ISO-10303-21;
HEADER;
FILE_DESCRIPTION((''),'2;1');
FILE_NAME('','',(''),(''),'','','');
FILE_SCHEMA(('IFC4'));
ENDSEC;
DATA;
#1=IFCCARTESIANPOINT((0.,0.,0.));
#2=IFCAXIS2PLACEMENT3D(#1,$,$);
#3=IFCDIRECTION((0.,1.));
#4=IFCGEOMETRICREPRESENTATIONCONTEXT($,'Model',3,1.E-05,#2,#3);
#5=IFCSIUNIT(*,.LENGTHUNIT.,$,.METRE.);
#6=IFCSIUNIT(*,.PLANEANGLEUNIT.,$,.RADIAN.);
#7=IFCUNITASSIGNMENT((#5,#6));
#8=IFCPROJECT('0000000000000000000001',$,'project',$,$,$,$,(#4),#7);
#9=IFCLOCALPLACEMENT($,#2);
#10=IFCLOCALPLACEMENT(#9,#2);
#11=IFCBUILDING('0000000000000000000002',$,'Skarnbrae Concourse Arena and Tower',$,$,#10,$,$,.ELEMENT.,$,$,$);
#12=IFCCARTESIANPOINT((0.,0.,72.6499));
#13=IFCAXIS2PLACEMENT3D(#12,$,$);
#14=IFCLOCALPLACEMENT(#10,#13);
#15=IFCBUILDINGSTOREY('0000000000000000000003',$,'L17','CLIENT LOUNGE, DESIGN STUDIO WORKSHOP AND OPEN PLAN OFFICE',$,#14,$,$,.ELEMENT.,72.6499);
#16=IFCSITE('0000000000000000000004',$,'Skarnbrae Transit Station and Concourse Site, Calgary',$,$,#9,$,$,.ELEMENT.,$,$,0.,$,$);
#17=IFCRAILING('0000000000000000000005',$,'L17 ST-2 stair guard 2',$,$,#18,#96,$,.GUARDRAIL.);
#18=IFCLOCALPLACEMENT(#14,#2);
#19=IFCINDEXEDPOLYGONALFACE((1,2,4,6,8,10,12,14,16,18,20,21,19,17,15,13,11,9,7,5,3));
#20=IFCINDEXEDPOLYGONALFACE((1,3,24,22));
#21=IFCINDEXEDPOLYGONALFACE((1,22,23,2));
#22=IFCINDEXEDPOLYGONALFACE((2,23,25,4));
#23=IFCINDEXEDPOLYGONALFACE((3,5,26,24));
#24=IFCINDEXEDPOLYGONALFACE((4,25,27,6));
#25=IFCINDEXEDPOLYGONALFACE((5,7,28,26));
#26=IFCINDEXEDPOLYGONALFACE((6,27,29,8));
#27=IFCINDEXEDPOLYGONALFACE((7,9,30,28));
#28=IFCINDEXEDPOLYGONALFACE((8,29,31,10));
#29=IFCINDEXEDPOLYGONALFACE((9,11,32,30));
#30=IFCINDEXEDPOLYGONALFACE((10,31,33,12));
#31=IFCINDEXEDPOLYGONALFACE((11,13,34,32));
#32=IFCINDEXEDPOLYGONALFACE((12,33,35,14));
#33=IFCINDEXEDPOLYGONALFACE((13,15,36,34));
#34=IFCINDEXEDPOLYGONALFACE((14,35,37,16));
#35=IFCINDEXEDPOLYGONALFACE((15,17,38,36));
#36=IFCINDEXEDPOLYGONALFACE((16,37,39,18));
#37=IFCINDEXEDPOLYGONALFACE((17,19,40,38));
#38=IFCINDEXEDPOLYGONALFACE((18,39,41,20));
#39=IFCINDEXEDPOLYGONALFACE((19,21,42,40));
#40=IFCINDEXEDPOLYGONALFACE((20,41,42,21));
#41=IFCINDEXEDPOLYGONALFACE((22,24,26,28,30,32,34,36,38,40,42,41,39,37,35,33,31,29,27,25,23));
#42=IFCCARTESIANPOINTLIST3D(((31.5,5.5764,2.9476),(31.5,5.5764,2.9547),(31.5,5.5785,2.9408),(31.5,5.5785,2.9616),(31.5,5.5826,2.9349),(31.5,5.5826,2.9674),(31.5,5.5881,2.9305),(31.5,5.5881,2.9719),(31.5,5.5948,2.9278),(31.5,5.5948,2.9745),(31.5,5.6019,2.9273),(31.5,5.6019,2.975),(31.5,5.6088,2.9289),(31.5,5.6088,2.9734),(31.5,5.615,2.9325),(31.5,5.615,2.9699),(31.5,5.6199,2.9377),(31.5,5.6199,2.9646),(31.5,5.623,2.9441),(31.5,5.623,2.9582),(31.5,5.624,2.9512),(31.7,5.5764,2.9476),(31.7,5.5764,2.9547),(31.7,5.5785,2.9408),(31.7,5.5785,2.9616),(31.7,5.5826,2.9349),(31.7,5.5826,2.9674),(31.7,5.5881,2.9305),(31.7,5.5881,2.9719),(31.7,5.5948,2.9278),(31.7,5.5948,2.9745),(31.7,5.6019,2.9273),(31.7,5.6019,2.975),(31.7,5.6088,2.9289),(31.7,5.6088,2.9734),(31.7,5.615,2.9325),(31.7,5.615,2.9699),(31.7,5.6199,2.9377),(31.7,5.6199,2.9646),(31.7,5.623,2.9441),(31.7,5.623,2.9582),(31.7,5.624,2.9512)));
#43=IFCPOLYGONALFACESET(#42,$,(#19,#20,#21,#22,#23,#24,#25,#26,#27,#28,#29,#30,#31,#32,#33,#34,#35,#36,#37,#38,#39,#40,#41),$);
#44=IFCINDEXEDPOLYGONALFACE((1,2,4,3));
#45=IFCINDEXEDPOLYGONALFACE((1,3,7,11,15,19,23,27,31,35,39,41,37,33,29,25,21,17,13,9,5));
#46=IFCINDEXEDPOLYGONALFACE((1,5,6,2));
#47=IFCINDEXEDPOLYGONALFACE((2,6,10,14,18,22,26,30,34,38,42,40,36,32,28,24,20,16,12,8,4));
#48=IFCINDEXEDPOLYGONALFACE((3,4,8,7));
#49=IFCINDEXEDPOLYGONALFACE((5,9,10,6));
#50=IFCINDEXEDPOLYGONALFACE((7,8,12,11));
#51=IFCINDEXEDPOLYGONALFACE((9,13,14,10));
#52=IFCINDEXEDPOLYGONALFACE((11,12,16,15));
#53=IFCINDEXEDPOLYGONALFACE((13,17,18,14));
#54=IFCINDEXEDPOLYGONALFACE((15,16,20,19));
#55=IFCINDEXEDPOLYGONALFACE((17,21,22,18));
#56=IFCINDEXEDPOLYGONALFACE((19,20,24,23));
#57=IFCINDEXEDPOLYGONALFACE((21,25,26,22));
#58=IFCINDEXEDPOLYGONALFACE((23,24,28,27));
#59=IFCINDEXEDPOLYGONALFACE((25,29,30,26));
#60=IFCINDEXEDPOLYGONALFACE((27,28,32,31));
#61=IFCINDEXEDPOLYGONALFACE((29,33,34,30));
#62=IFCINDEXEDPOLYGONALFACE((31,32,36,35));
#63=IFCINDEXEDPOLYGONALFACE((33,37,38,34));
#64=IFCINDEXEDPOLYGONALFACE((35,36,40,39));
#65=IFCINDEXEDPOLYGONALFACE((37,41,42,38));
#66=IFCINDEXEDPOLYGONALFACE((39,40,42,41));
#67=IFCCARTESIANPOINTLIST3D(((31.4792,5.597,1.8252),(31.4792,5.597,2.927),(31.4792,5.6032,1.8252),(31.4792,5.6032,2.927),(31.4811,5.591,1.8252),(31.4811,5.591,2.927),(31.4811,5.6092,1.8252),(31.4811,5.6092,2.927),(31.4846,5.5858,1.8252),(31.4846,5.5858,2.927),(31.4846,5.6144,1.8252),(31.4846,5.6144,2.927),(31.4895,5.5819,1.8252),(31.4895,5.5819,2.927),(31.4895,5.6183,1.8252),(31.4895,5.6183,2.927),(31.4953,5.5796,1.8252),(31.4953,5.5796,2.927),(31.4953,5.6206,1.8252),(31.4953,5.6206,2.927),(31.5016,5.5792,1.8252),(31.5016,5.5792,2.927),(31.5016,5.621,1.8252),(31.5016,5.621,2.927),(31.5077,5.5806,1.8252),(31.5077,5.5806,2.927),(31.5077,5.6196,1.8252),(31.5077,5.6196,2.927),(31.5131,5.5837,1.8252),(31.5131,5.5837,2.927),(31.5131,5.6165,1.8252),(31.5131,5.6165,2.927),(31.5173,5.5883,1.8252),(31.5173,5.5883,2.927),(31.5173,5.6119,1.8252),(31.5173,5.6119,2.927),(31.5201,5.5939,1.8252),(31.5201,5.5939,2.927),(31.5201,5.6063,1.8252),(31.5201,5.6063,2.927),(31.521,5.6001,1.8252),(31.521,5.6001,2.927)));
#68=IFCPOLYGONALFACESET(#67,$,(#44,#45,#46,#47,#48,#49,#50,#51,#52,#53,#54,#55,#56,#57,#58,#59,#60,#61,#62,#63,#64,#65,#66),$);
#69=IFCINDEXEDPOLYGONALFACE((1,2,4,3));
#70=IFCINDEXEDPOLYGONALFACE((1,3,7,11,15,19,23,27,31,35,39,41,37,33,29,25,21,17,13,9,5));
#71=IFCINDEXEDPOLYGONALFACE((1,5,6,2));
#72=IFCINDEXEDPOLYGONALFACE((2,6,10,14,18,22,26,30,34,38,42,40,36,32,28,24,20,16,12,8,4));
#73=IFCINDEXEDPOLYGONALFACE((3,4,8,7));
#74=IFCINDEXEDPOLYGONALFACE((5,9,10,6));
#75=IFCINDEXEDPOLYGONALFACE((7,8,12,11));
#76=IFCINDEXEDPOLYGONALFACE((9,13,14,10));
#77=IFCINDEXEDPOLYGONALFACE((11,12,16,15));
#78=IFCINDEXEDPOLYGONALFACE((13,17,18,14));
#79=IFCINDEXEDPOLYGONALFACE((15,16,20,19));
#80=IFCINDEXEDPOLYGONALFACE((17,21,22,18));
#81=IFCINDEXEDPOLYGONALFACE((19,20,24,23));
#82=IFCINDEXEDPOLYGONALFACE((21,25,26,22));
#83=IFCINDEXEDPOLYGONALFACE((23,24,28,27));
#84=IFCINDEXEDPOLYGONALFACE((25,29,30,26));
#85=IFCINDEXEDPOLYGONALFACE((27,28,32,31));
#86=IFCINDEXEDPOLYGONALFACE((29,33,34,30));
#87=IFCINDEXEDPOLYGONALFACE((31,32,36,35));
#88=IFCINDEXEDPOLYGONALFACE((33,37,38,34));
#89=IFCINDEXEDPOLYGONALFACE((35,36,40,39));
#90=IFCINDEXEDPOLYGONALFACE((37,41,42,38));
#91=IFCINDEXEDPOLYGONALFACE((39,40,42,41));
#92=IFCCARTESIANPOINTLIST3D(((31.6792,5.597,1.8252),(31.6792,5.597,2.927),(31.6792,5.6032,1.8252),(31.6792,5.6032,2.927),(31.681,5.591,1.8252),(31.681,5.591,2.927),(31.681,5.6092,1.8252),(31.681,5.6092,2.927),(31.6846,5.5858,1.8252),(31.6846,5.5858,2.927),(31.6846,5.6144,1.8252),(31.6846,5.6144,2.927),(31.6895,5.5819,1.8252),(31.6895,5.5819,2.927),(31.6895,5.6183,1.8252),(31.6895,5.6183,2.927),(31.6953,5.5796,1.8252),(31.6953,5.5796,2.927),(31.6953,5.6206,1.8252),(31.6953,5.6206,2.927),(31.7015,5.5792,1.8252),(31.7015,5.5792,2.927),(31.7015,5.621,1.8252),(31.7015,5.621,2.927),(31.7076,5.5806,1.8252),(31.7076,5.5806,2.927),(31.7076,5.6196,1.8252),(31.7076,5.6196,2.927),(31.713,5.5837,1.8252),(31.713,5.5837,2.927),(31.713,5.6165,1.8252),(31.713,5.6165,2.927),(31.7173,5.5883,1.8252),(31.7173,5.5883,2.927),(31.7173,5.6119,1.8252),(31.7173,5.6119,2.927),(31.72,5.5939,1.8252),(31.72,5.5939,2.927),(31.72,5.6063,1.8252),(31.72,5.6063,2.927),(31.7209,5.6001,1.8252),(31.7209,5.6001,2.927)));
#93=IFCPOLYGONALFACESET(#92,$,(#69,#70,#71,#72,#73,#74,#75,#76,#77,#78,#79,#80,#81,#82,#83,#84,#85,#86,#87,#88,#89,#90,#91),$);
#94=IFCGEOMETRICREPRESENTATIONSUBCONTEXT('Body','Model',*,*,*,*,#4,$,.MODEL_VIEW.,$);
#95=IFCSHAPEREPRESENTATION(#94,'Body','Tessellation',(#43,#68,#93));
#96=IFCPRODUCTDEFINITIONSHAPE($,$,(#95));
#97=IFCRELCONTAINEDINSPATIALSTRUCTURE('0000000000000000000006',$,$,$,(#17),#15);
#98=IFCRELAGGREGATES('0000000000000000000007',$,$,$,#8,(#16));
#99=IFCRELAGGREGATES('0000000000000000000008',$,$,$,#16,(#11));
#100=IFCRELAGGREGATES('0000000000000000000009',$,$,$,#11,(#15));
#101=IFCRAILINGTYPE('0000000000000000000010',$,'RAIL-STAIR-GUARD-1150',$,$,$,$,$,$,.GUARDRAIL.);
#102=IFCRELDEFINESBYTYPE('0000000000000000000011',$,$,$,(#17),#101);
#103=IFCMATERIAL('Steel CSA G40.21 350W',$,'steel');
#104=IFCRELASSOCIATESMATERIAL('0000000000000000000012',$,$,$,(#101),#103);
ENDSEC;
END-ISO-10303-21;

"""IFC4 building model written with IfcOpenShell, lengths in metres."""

from ifc_helpers import new_model, si_unit, direction, frame, origin, origin_2d, place, context, subcontext, project, spatial, circle, extrude, material, type_object, element, save


model = new_model("IFC4")

# Units and contexts
model_context = context("Model", 3, precision=1e-05, world=origin(), true_north=direction((0.0, 1.0)))
body_context = subcontext(model_context, "Body", "Model", "MODEL_VIEW")
ifc_project = project(units=[si_unit("LENGTHUNIT", "METRE"), si_unit("PLANEANGLEUNIT", "RADIAN")], contexts=[model_context])

# Site, building, storey
site_placement = place(None, origin())
site = spatial("IfcSite", under=ifc_project, at=site_placement, Name="Skarnbrae Transit Station and Concourse Site, Calgary", CompositionType="ELEMENT", RefElevation=0.0)
building_placement = place(site_placement, origin())
building = spatial("IfcBuilding", under=site, at=building_placement, Name="Skarnbrae Concourse Arena and Tower", CompositionType="ELEMENT")
storey_placement = place(building_placement, frame((0.0, 0.0, 72.6499)))
storey = spatial("IfcBuildingStorey", under=building, at=storey_placement, Name="L17", Description="CLIENT LOUNGE, DESIGN STUDIO WORKSHOP AND OPEN PLAN OFFICE", CompositionType="ELEMENT", Elevation=72.6499)

# Shared definitions
ifc_material_1 = material(Name="Steel CSA G40.21 350W", Category="steel")

# Railing
railing_type_1 = type_object("IfcRailingType", Name="RAIL-STAIR-GUARD-1150", PredefinedType="GUARDRAIL", material=ifc_material_1)
railing_1_placement = place(storey_placement, frame((31.5, 5.6001, 1.8252)))
element("IfcRailing", 1, at=railing_1_placement, inside=storey, type_object=railing_type_1, Name="L17 ST-2 stair guard 2", PredefinedType="GUARDRAIL", context=body_context, shape_type="SweptSolid", body=[
    extrude(circle(Radius=0.0239, at=origin_2d()), frame((0.0, 0.0, 1.126), z_axis=(1.0, 0.0, 0.0), x_axis=(0.0, 1.0, 0.0)), (0.0, 0.0, 1.0), 0.2),
    extrude(circle(Radius=0.021, at=origin_2d()), origin(), (0.0, 0.0, 1.0), 1.1018),
    extrude(circle(Radius=0.021, at=origin_2d()), frame((0.2, 0.0, 0.0)), (0.0, 0.0, 1.0), 1.1018),
])

save(model, "model.ifc")
